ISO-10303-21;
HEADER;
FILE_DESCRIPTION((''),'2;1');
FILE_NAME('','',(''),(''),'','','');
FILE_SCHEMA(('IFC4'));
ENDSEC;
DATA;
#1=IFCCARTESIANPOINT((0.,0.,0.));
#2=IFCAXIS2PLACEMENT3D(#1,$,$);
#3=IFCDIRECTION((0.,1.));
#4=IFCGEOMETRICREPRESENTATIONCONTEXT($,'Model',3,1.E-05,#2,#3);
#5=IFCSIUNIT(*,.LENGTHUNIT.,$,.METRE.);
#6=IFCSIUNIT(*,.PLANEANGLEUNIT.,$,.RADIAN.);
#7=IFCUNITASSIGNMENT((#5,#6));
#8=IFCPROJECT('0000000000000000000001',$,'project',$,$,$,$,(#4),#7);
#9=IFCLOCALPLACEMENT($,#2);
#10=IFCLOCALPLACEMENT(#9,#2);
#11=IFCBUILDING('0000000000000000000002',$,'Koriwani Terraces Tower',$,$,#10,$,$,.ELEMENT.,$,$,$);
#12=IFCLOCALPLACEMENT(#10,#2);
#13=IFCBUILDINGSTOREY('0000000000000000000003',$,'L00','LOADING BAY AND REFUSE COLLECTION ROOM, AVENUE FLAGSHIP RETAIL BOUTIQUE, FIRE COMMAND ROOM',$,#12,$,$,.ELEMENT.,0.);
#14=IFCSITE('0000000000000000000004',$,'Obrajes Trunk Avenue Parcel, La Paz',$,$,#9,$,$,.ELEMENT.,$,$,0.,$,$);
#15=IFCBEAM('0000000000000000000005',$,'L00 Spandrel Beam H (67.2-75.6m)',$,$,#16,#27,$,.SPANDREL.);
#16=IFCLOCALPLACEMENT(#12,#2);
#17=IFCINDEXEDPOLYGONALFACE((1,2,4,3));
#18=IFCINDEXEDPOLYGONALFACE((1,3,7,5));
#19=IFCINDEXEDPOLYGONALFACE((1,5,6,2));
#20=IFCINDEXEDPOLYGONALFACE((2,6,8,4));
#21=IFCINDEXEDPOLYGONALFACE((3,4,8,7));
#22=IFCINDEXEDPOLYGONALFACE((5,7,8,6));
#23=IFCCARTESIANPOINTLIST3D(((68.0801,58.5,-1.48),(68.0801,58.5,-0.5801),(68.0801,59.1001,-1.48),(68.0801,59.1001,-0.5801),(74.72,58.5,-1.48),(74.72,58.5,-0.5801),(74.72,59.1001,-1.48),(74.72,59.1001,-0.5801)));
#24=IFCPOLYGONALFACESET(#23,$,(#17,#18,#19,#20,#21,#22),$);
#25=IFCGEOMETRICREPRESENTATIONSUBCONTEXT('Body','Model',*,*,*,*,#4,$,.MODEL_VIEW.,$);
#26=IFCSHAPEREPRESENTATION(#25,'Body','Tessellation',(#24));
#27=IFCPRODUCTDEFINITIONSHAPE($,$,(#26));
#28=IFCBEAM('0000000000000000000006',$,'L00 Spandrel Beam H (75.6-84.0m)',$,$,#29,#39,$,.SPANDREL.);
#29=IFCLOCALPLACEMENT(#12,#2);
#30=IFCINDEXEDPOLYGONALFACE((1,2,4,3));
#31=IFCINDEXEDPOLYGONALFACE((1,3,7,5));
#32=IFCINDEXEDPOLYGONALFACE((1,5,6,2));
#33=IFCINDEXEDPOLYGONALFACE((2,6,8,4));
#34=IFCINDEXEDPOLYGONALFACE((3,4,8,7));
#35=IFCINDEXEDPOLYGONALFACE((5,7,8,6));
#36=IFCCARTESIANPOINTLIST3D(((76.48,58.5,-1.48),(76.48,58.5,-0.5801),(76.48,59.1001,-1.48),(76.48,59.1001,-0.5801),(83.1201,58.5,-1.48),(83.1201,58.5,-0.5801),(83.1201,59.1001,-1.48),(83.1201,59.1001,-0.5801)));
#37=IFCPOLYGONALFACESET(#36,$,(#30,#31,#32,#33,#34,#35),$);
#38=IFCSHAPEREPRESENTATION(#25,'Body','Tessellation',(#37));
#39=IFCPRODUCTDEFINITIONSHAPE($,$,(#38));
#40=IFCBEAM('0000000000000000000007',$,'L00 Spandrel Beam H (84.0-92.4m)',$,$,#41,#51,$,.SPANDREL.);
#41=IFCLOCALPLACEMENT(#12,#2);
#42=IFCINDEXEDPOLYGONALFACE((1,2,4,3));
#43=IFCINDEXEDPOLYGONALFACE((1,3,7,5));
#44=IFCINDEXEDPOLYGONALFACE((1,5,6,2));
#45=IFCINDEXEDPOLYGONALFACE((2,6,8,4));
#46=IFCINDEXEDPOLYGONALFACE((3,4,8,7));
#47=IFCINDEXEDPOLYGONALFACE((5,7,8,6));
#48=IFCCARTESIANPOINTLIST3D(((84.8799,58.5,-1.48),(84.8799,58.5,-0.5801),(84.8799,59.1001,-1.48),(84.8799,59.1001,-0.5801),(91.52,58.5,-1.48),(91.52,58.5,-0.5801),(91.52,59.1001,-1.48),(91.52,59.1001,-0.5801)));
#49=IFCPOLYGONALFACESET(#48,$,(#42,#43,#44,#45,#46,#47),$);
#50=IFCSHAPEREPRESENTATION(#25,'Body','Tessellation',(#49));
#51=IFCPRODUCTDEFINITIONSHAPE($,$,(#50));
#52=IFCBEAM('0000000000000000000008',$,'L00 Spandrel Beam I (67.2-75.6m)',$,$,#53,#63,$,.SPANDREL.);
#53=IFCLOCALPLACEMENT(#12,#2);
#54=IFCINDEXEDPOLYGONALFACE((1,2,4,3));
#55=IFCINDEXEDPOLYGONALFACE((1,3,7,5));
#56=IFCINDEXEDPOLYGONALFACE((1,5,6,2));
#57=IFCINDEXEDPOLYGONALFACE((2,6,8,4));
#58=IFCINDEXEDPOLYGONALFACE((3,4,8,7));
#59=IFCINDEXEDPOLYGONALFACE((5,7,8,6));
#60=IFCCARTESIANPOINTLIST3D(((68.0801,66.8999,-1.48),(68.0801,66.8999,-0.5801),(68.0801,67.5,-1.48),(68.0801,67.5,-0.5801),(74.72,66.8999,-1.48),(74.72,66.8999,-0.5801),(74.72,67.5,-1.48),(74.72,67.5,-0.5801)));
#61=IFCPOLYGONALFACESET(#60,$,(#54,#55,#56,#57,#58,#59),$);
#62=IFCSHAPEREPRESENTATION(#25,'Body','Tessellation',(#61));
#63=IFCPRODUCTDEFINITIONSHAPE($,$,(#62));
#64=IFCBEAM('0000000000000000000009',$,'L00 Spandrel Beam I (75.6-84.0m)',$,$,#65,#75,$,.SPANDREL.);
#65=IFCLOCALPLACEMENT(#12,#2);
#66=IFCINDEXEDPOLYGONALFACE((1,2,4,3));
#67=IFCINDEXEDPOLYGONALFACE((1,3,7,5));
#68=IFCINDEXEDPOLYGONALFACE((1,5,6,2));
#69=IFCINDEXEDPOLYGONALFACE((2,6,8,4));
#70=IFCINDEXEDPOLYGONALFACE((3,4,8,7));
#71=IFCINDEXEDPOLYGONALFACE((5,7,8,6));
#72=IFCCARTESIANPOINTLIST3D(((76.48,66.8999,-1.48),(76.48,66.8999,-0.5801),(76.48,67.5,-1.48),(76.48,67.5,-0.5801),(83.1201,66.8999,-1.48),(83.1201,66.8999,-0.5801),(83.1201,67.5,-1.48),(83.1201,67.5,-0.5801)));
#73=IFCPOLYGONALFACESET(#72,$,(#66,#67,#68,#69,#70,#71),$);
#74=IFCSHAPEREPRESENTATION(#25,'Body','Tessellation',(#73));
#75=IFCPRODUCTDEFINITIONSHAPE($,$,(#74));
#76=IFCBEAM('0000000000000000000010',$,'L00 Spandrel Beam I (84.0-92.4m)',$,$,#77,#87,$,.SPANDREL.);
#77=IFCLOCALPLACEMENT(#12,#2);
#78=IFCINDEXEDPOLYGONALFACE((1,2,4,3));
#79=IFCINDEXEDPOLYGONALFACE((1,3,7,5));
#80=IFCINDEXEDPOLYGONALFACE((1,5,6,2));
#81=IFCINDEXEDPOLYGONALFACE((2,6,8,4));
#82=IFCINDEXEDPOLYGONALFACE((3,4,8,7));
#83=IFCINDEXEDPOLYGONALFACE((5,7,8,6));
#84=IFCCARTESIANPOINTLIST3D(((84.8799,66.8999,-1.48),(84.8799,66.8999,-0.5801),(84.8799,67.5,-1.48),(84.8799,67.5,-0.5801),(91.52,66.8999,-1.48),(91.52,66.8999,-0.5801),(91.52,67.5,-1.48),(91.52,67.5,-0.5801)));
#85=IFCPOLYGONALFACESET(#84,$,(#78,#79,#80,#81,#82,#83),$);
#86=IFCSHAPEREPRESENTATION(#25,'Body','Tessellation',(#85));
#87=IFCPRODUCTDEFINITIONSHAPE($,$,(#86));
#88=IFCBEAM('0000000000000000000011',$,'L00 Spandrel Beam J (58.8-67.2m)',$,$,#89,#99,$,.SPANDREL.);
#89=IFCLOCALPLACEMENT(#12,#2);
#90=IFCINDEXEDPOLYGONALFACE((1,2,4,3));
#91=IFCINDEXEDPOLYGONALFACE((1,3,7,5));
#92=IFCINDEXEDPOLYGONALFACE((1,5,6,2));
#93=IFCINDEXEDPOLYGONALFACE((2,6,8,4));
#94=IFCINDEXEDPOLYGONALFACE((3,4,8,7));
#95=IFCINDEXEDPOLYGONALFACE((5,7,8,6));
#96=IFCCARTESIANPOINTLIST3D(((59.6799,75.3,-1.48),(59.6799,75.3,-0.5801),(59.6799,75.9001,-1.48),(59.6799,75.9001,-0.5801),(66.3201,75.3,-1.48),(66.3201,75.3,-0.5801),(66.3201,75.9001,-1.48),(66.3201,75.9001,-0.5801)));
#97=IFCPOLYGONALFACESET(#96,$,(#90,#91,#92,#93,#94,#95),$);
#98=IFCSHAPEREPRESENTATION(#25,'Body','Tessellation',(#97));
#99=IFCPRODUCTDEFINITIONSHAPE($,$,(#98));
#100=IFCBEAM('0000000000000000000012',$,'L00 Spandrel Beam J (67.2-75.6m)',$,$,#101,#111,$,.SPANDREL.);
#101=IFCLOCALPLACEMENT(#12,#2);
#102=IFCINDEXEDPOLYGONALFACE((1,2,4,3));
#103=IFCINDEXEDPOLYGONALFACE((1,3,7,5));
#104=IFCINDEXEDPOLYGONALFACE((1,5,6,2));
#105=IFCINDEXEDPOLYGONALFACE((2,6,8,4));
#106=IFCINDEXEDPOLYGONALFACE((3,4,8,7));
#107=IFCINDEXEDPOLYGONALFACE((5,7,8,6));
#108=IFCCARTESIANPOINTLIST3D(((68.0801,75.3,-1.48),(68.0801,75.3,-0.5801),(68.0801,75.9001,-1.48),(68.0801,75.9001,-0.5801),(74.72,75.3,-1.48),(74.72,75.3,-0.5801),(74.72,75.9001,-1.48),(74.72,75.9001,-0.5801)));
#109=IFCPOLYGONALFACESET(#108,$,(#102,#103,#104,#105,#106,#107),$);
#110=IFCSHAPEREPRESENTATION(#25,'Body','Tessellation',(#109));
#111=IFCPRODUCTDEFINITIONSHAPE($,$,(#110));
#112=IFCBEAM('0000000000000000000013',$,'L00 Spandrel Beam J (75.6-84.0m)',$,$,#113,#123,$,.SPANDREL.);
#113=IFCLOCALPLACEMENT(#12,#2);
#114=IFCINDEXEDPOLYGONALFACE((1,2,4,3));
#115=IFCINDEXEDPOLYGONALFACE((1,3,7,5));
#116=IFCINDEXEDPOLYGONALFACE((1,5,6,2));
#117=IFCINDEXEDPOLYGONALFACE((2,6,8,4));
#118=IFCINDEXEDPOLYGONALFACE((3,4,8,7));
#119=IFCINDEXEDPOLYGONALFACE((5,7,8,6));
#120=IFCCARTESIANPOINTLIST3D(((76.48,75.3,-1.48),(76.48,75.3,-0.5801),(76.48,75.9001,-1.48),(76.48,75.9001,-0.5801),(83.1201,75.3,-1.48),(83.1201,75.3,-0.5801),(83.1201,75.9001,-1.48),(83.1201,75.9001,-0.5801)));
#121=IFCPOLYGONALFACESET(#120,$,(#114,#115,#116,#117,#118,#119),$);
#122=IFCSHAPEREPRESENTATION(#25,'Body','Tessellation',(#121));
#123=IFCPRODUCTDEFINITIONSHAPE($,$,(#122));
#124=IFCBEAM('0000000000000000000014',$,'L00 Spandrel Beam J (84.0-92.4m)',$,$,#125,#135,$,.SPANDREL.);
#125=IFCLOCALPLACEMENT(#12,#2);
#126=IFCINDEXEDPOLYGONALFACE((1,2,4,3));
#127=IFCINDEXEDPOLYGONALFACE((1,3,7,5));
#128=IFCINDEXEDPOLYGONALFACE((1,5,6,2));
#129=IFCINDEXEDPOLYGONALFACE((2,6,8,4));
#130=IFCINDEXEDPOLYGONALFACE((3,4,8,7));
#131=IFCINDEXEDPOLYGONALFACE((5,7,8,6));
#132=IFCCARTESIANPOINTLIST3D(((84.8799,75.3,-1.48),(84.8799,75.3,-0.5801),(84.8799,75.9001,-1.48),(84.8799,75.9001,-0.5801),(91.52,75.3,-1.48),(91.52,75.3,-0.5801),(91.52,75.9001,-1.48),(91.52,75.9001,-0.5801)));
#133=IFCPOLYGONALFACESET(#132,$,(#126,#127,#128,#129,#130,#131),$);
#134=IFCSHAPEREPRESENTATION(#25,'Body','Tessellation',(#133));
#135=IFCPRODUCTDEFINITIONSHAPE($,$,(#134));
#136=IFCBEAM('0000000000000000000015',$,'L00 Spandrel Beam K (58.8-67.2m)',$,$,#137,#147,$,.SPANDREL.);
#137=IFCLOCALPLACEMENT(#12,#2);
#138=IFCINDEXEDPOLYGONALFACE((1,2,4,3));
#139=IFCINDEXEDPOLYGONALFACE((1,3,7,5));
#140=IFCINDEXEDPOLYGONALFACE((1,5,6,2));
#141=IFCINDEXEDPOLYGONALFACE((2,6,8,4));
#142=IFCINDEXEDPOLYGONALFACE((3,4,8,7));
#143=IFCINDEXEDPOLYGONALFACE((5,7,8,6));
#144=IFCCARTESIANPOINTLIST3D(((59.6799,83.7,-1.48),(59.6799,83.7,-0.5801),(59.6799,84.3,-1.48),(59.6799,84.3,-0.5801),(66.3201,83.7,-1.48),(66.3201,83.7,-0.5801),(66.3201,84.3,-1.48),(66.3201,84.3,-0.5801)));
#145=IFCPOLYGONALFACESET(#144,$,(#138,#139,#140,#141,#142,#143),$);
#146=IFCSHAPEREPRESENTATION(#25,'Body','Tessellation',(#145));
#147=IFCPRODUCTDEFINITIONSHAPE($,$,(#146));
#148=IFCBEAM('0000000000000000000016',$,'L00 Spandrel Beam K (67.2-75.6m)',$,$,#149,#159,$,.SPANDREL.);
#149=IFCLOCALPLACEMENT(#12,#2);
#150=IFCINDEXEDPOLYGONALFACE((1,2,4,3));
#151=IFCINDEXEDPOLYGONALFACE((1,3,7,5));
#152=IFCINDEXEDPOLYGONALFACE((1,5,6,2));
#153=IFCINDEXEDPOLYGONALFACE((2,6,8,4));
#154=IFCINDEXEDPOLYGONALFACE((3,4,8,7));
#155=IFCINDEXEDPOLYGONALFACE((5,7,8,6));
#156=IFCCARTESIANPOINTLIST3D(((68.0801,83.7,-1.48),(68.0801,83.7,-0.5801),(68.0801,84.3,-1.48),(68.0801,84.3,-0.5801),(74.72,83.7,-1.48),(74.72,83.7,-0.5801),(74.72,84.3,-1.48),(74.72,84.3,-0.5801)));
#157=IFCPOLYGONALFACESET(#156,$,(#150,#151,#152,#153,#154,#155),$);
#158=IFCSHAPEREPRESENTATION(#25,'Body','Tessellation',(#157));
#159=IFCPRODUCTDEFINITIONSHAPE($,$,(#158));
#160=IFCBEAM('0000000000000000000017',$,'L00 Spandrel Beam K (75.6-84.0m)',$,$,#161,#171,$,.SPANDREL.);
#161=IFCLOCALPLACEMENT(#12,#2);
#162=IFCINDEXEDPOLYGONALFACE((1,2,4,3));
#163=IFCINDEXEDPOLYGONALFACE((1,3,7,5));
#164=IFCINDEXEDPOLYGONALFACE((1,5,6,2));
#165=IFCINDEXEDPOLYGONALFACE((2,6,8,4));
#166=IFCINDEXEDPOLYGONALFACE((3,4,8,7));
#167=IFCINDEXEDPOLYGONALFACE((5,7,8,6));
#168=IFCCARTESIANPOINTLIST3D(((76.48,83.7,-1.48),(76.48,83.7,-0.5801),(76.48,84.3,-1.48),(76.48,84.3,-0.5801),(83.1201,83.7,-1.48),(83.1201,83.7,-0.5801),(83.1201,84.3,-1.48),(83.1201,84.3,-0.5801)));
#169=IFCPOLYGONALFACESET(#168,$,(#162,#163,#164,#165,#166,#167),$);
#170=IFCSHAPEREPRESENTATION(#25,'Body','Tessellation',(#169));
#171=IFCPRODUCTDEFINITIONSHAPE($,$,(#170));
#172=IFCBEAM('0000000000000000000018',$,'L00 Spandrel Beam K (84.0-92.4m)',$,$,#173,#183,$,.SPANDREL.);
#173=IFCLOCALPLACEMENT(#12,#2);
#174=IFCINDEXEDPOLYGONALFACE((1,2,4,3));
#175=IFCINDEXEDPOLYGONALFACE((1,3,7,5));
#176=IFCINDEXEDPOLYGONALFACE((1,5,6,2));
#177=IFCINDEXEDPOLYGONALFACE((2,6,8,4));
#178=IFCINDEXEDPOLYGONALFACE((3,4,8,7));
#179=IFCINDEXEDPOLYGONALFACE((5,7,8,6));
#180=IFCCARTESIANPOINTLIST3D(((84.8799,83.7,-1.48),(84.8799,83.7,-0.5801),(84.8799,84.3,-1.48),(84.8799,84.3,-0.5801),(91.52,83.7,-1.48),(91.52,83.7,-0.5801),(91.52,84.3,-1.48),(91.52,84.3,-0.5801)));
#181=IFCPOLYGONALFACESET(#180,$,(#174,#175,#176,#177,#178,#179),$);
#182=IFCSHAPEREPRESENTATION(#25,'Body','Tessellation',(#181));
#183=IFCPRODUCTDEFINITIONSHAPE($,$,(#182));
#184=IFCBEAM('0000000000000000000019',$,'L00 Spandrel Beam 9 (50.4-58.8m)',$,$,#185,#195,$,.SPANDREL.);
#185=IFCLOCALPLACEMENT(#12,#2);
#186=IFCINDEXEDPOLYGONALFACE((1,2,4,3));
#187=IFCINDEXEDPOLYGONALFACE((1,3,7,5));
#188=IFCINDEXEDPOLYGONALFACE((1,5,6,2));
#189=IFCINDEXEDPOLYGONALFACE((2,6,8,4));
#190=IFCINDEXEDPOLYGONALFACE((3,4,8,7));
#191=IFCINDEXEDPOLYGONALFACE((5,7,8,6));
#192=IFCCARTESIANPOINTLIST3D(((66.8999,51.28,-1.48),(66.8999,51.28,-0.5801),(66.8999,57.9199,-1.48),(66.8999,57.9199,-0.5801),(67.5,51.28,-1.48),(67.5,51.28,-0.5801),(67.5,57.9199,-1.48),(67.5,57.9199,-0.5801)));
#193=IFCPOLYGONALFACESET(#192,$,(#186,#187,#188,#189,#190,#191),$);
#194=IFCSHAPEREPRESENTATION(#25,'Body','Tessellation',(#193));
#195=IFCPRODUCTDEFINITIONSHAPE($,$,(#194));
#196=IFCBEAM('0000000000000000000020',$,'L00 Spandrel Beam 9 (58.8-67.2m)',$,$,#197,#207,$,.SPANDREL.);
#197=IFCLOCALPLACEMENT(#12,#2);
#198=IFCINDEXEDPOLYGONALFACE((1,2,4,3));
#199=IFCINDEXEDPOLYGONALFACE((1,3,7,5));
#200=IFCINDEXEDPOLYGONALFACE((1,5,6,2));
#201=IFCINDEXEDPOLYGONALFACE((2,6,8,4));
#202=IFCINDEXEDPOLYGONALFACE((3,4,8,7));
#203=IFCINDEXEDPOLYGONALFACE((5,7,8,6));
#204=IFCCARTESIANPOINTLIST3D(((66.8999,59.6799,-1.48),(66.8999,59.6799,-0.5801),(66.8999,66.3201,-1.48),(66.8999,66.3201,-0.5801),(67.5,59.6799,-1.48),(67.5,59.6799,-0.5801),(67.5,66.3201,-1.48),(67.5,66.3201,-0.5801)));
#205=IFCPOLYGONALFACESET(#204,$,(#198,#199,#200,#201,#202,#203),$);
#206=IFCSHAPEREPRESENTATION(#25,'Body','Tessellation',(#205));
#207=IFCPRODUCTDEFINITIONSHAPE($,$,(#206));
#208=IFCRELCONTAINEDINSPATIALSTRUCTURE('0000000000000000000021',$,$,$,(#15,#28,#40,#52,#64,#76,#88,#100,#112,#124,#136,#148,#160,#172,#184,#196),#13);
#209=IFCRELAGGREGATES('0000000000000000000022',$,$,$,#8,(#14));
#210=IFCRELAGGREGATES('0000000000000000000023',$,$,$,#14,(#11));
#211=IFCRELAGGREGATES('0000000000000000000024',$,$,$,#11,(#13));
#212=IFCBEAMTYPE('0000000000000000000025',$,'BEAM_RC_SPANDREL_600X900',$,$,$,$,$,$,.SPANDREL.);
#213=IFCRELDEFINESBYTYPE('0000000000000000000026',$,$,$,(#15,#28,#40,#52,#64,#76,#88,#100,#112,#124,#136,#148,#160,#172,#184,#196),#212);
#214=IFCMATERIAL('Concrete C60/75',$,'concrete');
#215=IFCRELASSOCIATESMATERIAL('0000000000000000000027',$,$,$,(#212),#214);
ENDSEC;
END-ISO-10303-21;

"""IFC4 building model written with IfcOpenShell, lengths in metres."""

from ifc_helpers import new_model, si_unit, direction, frame, origin, origin_2d, place, context, subcontext, project, spatial, rectangle, extrude, material, material_profile, profile_set, type_object, element, save


model = new_model("IFC4")

# Units and contexts
model_context = context("Model", 3, precision=1e-05, world=origin(), true_north=direction((0.0, 1.0)))
body_context = subcontext(model_context, "Body", "Model", "MODEL_VIEW")
ifc_project = project(units=[si_unit("LENGTHUNIT", "METRE"), si_unit("PLANEANGLEUNIT", "RADIAN")], contexts=[model_context])

# Site, building, storey
site_placement = place(None, origin())
site = spatial("IfcSite", under=ifc_project, at=site_placement, Name="Obrajes Trunk Avenue Parcel, La Paz", CompositionType="ELEMENT", RefElevation=0.0)
building_placement = place(site_placement, origin())
building = spatial("IfcBuilding", under=site, at=building_placement, Name="Koriwani Terraces Tower", CompositionType="ELEMENT")
storey_placement = place(building_placement, origin())
storey = spatial("IfcBuildingStorey", under=building, at=storey_placement, Name="L00", Description="LOADING BAY AND REFUSE COLLECTION ROOM, AVENUE FLAGSHIP RETAIL BOUTIQUE, FIRE COMMAND ROOM", CompositionType="ELEMENT", Elevation=0.0)

# Beams
ifc_material_1 = material(Name="Concrete C60/75", Category="concrete")
ifc_material_profile_1 = material_profile(ifc_material_1, rectangle(XDim=0.6001, YDim=0.8999, at=origin_2d()), Name="Concrete C60/75", Category="LoadBearing")
ifc_profile_set_1 = profile_set([ifc_material_profile_1], Name="Concrete C60/75")
beam_type_1 = type_object("IfcBeamType", Name="BEAM_RC_SPANDREL_600X900", PredefinedType="SPANDREL", material=ifc_profile_set_1)
beam_1_placement = place(storey_placement, frame((68.0801, 58.8, -1.03), z_axis=(1.0, 0.0, 0.0), x_axis=(0.0, 1.0, 0.0)))
element("IfcBeam", 1, at=beam_1_placement, inside=storey, type_object=beam_type_1, Name="L00 Spandrel Beam H (67.2-75.6m)", PredefinedType="SPANDREL", context=body_context, shape_type="SweptSolid", body=[
    extrude(rectangle(XDim=0.6001, YDim=0.8999, at=origin_2d()), origin(), (0.0, 0.0, 1.0), 6.6399),
])
for number, where, z_axis, x_axis, name in (
    (2, (76.48, 58.8, -1.03), (1.0, 0.0, 0.0), (0.0, 1.0, 0.0), "L00 Spandrel Beam H (75.6-84.0m)"),
    (3, (84.8799, 58.8, -1.03), (1.0, 0.0, 0.0), (0.0, 1.0, 0.0), "L00 Spandrel Beam H (84.0-92.4m)"),
):
    element("IfcBeam", number, at=place(storey_placement, frame(where, z_axis=z_axis, x_axis=x_axis)), inside=storey, type_object=beam_type_1, Name=name, PredefinedType="SPANDREL", context=body_context, shape_type="SweptSolid", body=[
        extrude(rectangle(XDim=0.6001, YDim=0.8999, at=origin_2d()), origin(), (0.0, 0.0, 1.0), 6.6401),
    ])
beam_2_placement = place(storey_placement, frame((68.0801, 67.2, -1.03), z_axis=(1.0, 0.0, 0.0), x_axis=(0.0, 1.0, 0.0)))
element("IfcBeam", 4, at=beam_2_placement, inside=storey, type_object=beam_type_1, Name="L00 Spandrel Beam I (67.2-75.6m)", PredefinedType="SPANDREL", context=body_context, shape_type="SweptSolid", body=[
    extrude(rectangle(XDim=0.6001, YDim=0.8999, at=origin_2d()), origin(), (0.0, 0.0, 1.0), 6.6399),
])
for number, where, z_axis, x_axis, name in (
    (5, (76.48, 67.2, -1.03), (1.0, 0.0, 0.0), (0.0, 1.0, 0.0), "L00 Spandrel Beam I (75.6-84.0m)"),
    (6, (84.8799, 67.2, -1.03), (1.0, 0.0, 0.0), (0.0, 1.0, 0.0), "L00 Spandrel Beam I (84.0-92.4m)"),
    (7, (59.6799, 75.6001, -1.03), (1.0, 0.0, 0.0), (0.0, 1.0, 0.0), "L00 Spandrel Beam J (58.8-67.2m)"),
):
    element("IfcBeam", number, at=place(storey_placement, frame(where, z_axis=z_axis, x_axis=x_axis)), inside=storey, type_object=beam_type_1, Name=name, PredefinedType="SPANDREL", context=body_context, shape_type="SweptSolid", body=[
        extrude(rectangle(XDim=0.6001, YDim=0.8999, at=origin_2d()), origin(), (0.0, 0.0, 1.0), 6.6401),
    ])
beam_3_placement = place(storey_placement, frame((68.0801, 75.6001, -1.03), z_axis=(1.0, 0.0, 0.0), x_axis=(0.0, 1.0, 0.0)))
element("IfcBeam", 8, at=beam_3_placement, inside=storey, type_object=beam_type_1, Name="L00 Spandrel Beam J (67.2-75.6m)", PredefinedType="SPANDREL", context=body_context, shape_type="SweptSolid", body=[
    extrude(rectangle(XDim=0.6001, YDim=0.8999, at=origin_2d()), origin(), (0.0, 0.0, 1.0), 6.6399),
])
for number, where, z_axis, x_axis, name in (
    (9, (76.48, 75.6001, -1.03), (1.0, 0.0, 0.0), (0.0, 1.0, 0.0), "L00 Spandrel Beam J (75.6-84.0m)"),
    (10, (84.8799, 75.6001, -1.03), (1.0, 0.0, 0.0), (0.0, 1.0, 0.0), "L00 Spandrel Beam J (84.0-92.4m)"),
    (11, (59.6799, 84.0, -1.03), (1.0, 0.0, 0.0), (0.0, 1.0, 0.0), "L00 Spandrel Beam K (58.8-67.2m)"),
):
    element("IfcBeam", number, at=place(storey_placement, frame(where, z_axis=z_axis, x_axis=x_axis)), inside=storey, type_object=beam_type_1, Name=name, PredefinedType="SPANDREL", context=body_context, shape_type="SweptSolid", body=[
        extrude(rectangle(XDim=0.6001, YDim=0.8999, at=origin_2d()), origin(), (0.0, 0.0, 1.0), 6.6401),
    ])
beam_4_placement = place(storey_placement, frame((68.0801, 84.0, -1.03), z_axis=(1.0, 0.0, 0.0), x_axis=(0.0, 1.0, 0.0)))
element("IfcBeam", 12, at=beam_4_placement, inside=storey, type_object=beam_type_1, Name="L00 Spandrel Beam K (67.2-75.6m)", PredefinedType="SPANDREL", context=body_context, shape_type="SweptSolid", body=[
    extrude(rectangle(XDim=0.6001, YDim=0.8999, at=origin_2d()), origin(), (0.0, 0.0, 1.0), 6.6399),
])
for number, where, z_axis, x_axis, name in (
    (13, (76.48, 84.0, -1.03), (1.0, 0.0, 0.0), (0.0, 1.0, 0.0), "L00 Spandrel Beam K (75.6-84.0m)"),
    (14, (84.8799, 84.0, -1.03), (1.0, 0.0, 0.0), (0.0, 1.0, 0.0), "L00 Spandrel Beam K (84.0-92.4m)"),
):
    element("IfcBeam", number, at=place(storey_placement, frame(where, z_axis=z_axis, x_axis=x_axis)), inside=storey, type_object=beam_type_1, Name=name, PredefinedType="SPANDREL", context=body_context, shape_type="SweptSolid", body=[
        extrude(rectangle(XDim=0.6001, YDim=0.8999, at=origin_2d()), origin(), (0.0, 0.0, 1.0), 6.6401),
    ])
beam_5_placement = place(storey_placement, frame((67.2, 51.28, -1.03), z_axis=(0.0, 1.0, 0.0), x_axis=(-1.0, 0.0, 0.0)))
element("IfcBeam", 15, at=beam_5_placement, inside=storey, type_object=beam_type_1, Name="L00 Spandrel Beam 9 (50.4-58.8m)", PredefinedType="SPANDREL", context=body_context, shape_type="SweptSolid", body=[
    extrude(rectangle(XDim=0.6001, YDim=0.8999, at=origin_2d()), origin(), (0.0, 0.0, 1.0), 6.6399),
])
beam_6_placement = place(storey_placement, frame((67.2, 59.6799, -1.03), z_axis=(0.0, 1.0, 0.0), x_axis=(-1.0, 0.0, 0.0)))
element("IfcBeam", 16, at=beam_6_placement, inside=storey, type_object=beam_type_1, Name="L00 Spandrel Beam 9 (58.8-67.2m)", PredefinedType="SPANDREL", context=body_context, shape_type="SweptSolid", body=[
    extrude(rectangle(XDim=0.6001, YDim=0.8999, at=origin_2d()), origin(), (0.0, 0.0, 1.0), 6.6401),
])

save(model, "model.ifc")
